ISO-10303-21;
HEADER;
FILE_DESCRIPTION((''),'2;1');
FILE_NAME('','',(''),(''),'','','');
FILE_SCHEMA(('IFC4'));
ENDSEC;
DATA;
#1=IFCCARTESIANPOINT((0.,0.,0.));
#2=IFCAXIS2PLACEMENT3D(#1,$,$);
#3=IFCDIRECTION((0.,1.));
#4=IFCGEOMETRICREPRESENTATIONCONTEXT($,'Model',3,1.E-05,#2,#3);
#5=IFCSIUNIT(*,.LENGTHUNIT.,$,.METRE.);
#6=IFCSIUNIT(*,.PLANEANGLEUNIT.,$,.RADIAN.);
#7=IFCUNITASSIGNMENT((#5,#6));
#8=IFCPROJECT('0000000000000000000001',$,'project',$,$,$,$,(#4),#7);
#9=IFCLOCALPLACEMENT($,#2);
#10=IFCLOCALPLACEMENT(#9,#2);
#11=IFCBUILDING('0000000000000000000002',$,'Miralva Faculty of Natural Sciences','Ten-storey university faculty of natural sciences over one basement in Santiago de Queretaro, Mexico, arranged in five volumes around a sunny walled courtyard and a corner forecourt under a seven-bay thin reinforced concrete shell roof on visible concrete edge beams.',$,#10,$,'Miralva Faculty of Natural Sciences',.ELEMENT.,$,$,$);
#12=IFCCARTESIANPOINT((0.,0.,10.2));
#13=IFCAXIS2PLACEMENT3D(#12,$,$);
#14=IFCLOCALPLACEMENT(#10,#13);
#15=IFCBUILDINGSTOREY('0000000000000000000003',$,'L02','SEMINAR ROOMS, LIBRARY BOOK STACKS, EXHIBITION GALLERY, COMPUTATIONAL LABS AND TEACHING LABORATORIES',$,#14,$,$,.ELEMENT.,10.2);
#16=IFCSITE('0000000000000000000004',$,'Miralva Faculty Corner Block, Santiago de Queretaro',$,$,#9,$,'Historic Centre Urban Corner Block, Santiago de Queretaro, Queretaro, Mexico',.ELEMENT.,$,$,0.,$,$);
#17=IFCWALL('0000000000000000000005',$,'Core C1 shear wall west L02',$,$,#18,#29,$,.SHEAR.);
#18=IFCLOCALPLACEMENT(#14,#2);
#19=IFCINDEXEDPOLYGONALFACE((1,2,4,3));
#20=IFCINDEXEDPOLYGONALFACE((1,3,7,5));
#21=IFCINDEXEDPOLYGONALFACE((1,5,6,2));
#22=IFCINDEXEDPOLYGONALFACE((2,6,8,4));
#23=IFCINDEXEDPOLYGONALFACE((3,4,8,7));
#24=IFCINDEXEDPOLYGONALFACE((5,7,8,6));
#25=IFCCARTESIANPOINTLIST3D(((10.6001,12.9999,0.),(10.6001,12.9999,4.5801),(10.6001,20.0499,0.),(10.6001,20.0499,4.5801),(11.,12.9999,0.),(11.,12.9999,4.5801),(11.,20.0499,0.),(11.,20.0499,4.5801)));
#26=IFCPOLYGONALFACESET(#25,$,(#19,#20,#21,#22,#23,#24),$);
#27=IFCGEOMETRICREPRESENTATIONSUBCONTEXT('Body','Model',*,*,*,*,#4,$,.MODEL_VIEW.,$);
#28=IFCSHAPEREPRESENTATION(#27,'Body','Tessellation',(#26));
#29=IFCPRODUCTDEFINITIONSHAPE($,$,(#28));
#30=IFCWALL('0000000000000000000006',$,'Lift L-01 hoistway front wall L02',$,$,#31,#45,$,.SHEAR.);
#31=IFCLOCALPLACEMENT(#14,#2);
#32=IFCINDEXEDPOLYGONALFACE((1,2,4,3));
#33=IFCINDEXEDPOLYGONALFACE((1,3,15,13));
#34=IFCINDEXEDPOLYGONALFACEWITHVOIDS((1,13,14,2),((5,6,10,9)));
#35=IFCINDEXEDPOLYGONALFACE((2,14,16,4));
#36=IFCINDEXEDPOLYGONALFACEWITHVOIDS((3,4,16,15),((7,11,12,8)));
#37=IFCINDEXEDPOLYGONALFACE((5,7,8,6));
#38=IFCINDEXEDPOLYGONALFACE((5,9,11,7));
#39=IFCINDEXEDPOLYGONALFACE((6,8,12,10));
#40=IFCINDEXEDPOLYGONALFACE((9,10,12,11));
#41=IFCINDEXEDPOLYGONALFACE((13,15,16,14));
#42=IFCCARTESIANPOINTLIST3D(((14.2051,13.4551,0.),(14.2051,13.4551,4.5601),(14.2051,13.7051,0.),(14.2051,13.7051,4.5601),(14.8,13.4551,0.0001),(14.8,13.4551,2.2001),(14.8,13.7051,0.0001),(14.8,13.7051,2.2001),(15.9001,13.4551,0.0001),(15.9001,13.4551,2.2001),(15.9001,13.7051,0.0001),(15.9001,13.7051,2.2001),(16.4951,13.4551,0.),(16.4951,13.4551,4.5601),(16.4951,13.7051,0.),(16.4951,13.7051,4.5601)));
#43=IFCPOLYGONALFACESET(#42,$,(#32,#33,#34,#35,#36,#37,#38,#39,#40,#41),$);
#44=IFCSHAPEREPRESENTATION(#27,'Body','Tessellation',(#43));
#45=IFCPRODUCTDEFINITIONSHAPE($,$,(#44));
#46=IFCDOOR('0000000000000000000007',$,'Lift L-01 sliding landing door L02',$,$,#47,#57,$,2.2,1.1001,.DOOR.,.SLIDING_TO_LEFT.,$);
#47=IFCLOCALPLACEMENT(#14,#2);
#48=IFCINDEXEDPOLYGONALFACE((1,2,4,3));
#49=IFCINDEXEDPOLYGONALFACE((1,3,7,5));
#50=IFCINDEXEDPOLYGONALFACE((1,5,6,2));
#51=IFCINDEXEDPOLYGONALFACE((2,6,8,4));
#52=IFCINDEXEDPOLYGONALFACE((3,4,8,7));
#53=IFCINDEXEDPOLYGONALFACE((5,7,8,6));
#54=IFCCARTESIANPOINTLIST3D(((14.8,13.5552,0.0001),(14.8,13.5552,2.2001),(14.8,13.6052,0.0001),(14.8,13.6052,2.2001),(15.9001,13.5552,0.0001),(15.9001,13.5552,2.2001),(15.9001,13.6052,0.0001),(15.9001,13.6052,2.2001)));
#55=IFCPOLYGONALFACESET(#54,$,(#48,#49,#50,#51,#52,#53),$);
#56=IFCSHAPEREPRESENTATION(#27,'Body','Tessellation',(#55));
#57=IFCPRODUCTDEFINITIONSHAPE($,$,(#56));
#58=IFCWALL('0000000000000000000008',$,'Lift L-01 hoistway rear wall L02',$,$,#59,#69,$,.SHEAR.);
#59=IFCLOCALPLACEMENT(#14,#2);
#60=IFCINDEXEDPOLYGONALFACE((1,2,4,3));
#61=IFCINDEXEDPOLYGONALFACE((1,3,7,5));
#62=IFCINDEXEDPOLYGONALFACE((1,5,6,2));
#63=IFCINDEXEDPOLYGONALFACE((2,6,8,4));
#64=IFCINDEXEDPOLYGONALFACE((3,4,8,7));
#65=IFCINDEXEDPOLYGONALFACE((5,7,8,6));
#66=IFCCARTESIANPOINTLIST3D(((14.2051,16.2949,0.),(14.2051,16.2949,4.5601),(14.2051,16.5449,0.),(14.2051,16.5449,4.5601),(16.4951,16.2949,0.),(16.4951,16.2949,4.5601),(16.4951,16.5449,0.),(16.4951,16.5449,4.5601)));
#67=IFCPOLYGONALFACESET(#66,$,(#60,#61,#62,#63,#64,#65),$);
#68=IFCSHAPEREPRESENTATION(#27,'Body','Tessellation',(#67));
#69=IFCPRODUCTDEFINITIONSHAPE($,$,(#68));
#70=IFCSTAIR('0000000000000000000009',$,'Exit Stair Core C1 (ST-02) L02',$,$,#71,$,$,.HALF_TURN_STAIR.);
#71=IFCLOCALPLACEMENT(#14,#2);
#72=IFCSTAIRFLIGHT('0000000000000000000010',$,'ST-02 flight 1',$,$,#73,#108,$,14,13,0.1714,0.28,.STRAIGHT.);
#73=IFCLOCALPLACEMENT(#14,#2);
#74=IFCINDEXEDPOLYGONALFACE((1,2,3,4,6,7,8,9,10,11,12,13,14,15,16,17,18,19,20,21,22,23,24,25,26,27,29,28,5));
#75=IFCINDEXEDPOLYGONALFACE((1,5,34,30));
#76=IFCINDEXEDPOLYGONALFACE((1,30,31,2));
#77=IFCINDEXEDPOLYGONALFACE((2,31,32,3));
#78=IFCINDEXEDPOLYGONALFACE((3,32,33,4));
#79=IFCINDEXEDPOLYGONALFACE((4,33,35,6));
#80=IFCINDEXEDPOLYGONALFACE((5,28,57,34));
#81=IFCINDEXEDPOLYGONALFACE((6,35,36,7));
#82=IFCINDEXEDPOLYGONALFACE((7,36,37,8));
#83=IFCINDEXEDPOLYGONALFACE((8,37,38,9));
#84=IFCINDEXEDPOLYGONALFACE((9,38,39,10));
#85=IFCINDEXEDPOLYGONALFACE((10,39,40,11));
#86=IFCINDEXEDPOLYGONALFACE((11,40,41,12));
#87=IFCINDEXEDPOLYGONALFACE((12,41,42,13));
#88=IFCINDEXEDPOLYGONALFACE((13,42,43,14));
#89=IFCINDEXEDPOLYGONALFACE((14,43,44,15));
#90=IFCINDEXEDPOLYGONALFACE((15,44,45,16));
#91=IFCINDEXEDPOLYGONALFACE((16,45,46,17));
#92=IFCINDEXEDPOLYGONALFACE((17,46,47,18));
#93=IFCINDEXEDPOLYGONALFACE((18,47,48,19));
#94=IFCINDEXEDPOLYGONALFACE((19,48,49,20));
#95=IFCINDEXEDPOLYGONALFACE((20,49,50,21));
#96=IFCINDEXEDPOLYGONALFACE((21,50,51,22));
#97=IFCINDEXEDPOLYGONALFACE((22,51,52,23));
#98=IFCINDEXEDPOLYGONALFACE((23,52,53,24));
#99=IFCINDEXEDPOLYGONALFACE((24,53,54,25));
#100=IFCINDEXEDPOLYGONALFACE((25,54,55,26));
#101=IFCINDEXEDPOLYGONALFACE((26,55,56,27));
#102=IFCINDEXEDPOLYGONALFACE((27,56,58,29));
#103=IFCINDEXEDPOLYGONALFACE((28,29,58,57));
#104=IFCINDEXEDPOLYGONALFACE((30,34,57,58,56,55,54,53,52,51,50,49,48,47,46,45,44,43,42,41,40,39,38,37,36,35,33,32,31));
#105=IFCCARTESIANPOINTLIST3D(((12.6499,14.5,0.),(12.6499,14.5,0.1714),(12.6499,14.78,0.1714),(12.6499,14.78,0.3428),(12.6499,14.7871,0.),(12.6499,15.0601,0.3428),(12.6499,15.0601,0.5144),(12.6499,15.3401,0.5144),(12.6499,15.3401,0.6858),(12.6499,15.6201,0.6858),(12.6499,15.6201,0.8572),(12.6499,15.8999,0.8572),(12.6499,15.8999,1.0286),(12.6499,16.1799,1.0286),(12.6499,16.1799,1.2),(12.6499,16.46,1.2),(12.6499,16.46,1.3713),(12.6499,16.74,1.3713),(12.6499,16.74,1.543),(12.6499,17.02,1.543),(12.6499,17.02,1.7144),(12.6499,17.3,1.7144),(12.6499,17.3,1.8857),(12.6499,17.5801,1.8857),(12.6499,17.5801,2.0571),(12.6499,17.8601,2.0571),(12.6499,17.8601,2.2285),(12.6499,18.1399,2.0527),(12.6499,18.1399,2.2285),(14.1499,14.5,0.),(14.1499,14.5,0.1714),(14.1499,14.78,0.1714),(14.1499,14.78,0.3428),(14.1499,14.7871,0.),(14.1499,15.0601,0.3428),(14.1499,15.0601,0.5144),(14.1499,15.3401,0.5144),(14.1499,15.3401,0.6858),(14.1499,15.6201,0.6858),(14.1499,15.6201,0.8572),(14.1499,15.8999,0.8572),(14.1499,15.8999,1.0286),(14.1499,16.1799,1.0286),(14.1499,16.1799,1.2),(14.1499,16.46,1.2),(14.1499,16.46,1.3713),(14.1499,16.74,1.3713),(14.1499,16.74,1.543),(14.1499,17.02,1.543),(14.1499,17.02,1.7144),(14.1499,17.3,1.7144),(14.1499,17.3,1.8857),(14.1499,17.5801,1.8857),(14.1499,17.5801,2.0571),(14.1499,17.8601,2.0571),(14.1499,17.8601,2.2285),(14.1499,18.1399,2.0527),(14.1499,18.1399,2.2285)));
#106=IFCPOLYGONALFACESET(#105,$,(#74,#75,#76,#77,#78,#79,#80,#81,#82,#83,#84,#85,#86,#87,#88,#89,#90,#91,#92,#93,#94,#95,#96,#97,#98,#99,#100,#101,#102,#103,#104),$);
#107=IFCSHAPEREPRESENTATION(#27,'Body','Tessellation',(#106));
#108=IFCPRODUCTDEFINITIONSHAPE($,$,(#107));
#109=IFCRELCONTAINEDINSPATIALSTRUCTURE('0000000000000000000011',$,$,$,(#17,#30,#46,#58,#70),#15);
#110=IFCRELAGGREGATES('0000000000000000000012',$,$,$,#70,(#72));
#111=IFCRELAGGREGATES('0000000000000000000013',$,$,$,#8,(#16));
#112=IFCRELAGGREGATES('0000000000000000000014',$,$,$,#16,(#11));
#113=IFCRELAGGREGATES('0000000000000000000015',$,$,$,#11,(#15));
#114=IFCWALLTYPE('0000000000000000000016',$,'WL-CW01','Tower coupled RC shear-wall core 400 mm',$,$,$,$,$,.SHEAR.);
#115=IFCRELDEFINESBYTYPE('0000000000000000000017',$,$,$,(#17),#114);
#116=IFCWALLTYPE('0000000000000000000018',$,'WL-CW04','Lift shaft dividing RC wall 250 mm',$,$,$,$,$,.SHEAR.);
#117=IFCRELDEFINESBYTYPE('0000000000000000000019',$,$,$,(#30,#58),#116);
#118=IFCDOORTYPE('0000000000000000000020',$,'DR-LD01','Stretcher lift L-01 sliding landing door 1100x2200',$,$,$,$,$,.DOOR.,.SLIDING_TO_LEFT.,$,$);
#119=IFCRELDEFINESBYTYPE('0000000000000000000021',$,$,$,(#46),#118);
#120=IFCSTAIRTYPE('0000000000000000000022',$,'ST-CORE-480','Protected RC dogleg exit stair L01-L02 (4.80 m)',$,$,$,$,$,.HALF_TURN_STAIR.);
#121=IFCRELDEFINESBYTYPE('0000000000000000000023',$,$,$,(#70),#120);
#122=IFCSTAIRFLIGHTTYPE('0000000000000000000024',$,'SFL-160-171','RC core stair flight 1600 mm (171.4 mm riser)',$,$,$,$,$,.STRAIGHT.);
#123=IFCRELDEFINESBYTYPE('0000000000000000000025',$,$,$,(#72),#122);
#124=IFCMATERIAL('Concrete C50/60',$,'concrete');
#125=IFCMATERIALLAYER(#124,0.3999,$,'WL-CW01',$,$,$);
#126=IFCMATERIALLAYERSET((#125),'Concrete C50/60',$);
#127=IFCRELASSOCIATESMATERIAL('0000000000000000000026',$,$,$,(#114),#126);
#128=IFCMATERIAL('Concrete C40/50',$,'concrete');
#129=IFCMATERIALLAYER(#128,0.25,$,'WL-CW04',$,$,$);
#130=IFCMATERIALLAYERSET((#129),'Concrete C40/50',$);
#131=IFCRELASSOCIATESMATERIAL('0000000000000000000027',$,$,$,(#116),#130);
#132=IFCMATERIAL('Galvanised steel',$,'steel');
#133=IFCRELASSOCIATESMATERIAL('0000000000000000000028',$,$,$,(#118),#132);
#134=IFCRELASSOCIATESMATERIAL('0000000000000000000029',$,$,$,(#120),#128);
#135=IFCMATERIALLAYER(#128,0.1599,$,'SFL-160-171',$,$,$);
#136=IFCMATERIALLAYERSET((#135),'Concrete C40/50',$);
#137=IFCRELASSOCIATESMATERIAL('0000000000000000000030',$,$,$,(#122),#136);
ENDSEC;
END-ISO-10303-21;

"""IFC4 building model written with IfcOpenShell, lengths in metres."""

from ifc_helpers import new_model, si_unit, direction, frame, frame_2d, origin, place, context, subcontext, project, spatial, polyline, rectangle, outline, extrude, material, layer, layer_set, type_object, element, fill, aggregate, save


model = new_model("IFC4")

# Units and contexts
model_context = context("Model", 3, precision=1e-05, world=origin(), true_north=direction((0.0, 1.0)))
body_context = subcontext(model_context, "Body", "Model", "MODEL_VIEW")
ifc_project = project(units=[si_unit("LENGTHUNIT", "METRE"), si_unit("PLANEANGLEUNIT", "RADIAN")], contexts=[model_context])

# Site, building, storey
site_placement = place(None, origin())
site = spatial("IfcSite", under=ifc_project, at=site_placement, Name="Miralva Faculty Corner Block, Santiago de Queretaro", LongName="Historic Centre Urban Corner Block, Santiago de Queretaro, Queretaro, Mexico", CompositionType="ELEMENT", RefElevation=0.0)
building_placement = place(site_placement, origin())
building = spatial("IfcBuilding", under=site, at=building_placement, Name="Miralva Faculty of Natural Sciences", Description="Ten-storey university faculty of natural sciences over one basement in Santiago de Queretaro, Mexico, arranged in five volumes around a sunny walled courtyard and a corner forecourt under a seven-bay thin reinforced concrete shell roof on visible concrete edge beams.", LongName="Miralva Faculty of Natural Sciences", CompositionType="ELEMENT")
storey_placement = place(building_placement, frame((0.0, 0.0, 10.2)))
storey = spatial("IfcBuildingStorey", under=building, at=storey_placement, Name="L02", Description="SEMINAR ROOMS, LIBRARY BOOK STACKS, EXHIBITION GALLERY, COMPUTATIONAL LABS AND TEACHING LABORATORIES", CompositionType="ELEMENT", Elevation=10.2)

# Shared definitions
ifc_material_1 = material(Name="Concrete C50/60", Category="concrete")
ifc_layer_1 = layer(ifc_material_1, 0.3999, Name="WL-CW01")
ifc_layer_set_1 = layer_set([ifc_layer_1], Name="Concrete C50/60")
wall_type_1 = type_object("IfcWallType", Name="WL-CW01", Description="Tower coupled RC shear-wall core 400 mm", PredefinedType="SHEAR", material=ifc_layer_set_1)
ifc_material_2 = material(Name="Galvanised steel", Category="steel")

# Wall
wall_1_placement = place(storey_placement, frame((10.8, 13.0, 0.0), z_axis=(0.0, 0.0, 1.0), x_axis=(0.0, 1.0, 0.0)))
element("IfcWall", 1, at=wall_1_placement, inside=storey, type_object=wall_type_1, Name="Core C1 shear wall west L02", PredefinedType="SHEAR", context=body_context, shape_type="SweptSolid", body=[
    extrude(rectangle(XDim=7.05, YDim=0.3999, at=frame_2d((3.5249, 0.0))), origin(), (0.0, 0.0, 1.0), 4.5801),
])

# Wall, opening, door
ifc_material_3 = material(Name="Concrete C40/50", Category="concrete")
ifc_layer_2 = layer(ifc_material_3, 0.25, Name="WL-CW04")
ifc_layer_set_2 = layer_set([ifc_layer_2], Name="Concrete C40/50")
wall_type_2 = type_object("IfcWallType", Name="WL-CW04", Description="Lift shaft dividing RC wall 250 mm", PredefinedType="SHEAR", material=ifc_layer_set_2)
wall_2_placement = place(storey_placement, frame((14.2051, 13.5801, 0.0), z_axis=(0.0, 0.0, 1.0), x_axis=(1.0, 0.0, 0.0)))
wall_2 = element("IfcWall", 2, at=wall_2_placement, inside=storey, type_object=wall_type_2, Name="Lift L-01 hoistway front wall L02", PredefinedType="SHEAR", context=body_context, shape_type="SweptSolid", body=[
    extrude(rectangle(XDim=2.29, YDim=0.25, at=frame_2d((1.145, 0.0))), origin(), (0.0, 0.0, 1.0), 4.5601),
])
opening_1_placement = place(wall_2_placement, frame((0.595, 0.0, 0.0)))
opening_1 = element("IfcOpeningElement", 3, at=opening_1_placement, cuts=wall_2, PredefinedType="OPENING", context=body_context, shape_type="SweptSolid", body=[
    extrude(rectangle(XDim=1.1001, YDim=2.2, at=frame_2d((0.55, 1.1001))), frame((0.0, 0.135, 0.0), z_axis=(0.0, -1.0, 0.0), x_axis=(1.0, 0.0, 0.0)), (0.0, 0.0, 1.0), 0.27),
])
door_type_1 = type_object("IfcDoorType", Name="DR-LD01", Description="Stretcher lift L-01 sliding landing door 1100x2200", OperationType="SLIDING_TO_LEFT", PredefinedType="DOOR", material=ifc_material_2)
door_1_placement = place(opening_1_placement, frame((1.1001, 0.0, 0.0), z_axis=(0.0, 0.0, 1.0), x_axis=(-1.0, 0.0, 0.0)))
door_1 = element("IfcDoor", 4, at=door_1_placement, inside=storey, type_object=door_type_1, Name="Lift L-01 sliding landing door L02", OperationType="SLIDING_TO_LEFT", OverallHeight=2.2, OverallWidth=1.1001, PredefinedType="DOOR", context=body_context, shape_type="SweptSolid", body=[
    extrude(rectangle(XDim=1.1001, YDim=2.2, at=frame_2d((0.55, 1.1001))), frame((0.0, 0.0249, 0.0), z_axis=(0.0, -1.0, 0.0), x_axis=(1.0, 0.0, 0.0)), (0.0, 0.0, 1.0), 0.05),
])
fill(opening_1, door_1)

# Wall
wall_3_placement = place(storey_placement, frame((14.2051, 16.4199, 0.0), z_axis=(0.0, 0.0, 1.0), x_axis=(1.0, 0.0, 0.0)))
element("IfcWall", 5, at=wall_3_placement, inside=storey, type_object=wall_type_2, Name="Lift L-01 hoistway rear wall L02", PredefinedType="SHEAR", context=body_context, shape_type="SweptSolid", body=[
    extrude(rectangle(XDim=2.29, YDim=0.25, at=frame_2d((1.145, 0.0))), origin(), (0.0, 0.0, 1.0), 4.5601),
])

# Stair, stair flight
stair_type = type_object("IfcStairType", Name="ST-CORE-480", Description="Protected RC dogleg exit stair L01-L02 (4.80 m)", PredefinedType="HALF_TURN_STAIR", material=ifc_material_3)
stair_placement = place(storey_placement, origin())
stair = element("IfcStair", 6, at=stair_placement, inside=storey, type_object=stair_type, Name="Exit Stair Core C1 (ST-02) L02", PredefinedType="HALF_TURN_STAIR")
ifc_layer_3 = layer(ifc_material_3, 0.1599, Name="SFL-160-171")
ifc_layer_set_3 = layer_set([ifc_layer_3], Name="Concrete C40/50")
stair_flight_type = type_object("IfcStairFlightType", Name="SFL-160-171", Description="RC core stair flight 1600 mm (171.4 mm riser)", PredefinedType="STRAIGHT", material=ifc_layer_set_3)
stair_flight_placement = place(storey_placement, frame((13.3999, 14.5, 0.0), z_axis=(0.0, 0.0, 1.0), x_axis=(0.0, 1.0, 0.0)))
stair_flight = element("IfcStairFlight", 7, at=stair_flight_placement, type_object=stair_flight_type, Name="ST-02 flight 1", NumberOfRisers=14, NumberOfTreads=13, PredefinedType="STRAIGHT", RiserHeight=0.1714, TreadLength=0.28, context=body_context, shape_type="SweptSolid", body=[
    extrude(outline(polyline([(0.0, 0.0), (0.0, 0.1714), (0.28, 0.1714), (0.28, 0.3428), (0.5601, 0.3428), (0.5601, 0.5144), (0.8401, 0.5144), (0.8401, 0.6858), (1.1201, 0.6858), (1.1201, 0.8572), (1.3999, 0.8572), (1.3999, 1.0286), (1.6799, 1.0286), (1.6799, 1.2), (1.96, 1.2), (1.96, 1.3713), (2.24, 1.3713), (2.24, 1.543), (2.52, 1.543), (2.52, 1.7144), (2.8, 1.7144), (2.8, 1.8857), (3.0801, 1.8857), (3.0801, 2.0571), (3.3601, 2.0571), (3.3601, 2.2285), (3.6399, 2.2285), (3.6399, 2.3999), (3.6399, 2.0527), (0.2871, 0.0), (0.0, 0.0)])), frame((0.0, 0.75, 0.0), z_axis=(0.0, -1.0, 0.0), x_axis=(1.0, 0.0, 0.0)), (0.0, 0.0, 1.0), 1.5),
])
aggregate(stair, [stair_flight])

save(model, "model.ifc")
